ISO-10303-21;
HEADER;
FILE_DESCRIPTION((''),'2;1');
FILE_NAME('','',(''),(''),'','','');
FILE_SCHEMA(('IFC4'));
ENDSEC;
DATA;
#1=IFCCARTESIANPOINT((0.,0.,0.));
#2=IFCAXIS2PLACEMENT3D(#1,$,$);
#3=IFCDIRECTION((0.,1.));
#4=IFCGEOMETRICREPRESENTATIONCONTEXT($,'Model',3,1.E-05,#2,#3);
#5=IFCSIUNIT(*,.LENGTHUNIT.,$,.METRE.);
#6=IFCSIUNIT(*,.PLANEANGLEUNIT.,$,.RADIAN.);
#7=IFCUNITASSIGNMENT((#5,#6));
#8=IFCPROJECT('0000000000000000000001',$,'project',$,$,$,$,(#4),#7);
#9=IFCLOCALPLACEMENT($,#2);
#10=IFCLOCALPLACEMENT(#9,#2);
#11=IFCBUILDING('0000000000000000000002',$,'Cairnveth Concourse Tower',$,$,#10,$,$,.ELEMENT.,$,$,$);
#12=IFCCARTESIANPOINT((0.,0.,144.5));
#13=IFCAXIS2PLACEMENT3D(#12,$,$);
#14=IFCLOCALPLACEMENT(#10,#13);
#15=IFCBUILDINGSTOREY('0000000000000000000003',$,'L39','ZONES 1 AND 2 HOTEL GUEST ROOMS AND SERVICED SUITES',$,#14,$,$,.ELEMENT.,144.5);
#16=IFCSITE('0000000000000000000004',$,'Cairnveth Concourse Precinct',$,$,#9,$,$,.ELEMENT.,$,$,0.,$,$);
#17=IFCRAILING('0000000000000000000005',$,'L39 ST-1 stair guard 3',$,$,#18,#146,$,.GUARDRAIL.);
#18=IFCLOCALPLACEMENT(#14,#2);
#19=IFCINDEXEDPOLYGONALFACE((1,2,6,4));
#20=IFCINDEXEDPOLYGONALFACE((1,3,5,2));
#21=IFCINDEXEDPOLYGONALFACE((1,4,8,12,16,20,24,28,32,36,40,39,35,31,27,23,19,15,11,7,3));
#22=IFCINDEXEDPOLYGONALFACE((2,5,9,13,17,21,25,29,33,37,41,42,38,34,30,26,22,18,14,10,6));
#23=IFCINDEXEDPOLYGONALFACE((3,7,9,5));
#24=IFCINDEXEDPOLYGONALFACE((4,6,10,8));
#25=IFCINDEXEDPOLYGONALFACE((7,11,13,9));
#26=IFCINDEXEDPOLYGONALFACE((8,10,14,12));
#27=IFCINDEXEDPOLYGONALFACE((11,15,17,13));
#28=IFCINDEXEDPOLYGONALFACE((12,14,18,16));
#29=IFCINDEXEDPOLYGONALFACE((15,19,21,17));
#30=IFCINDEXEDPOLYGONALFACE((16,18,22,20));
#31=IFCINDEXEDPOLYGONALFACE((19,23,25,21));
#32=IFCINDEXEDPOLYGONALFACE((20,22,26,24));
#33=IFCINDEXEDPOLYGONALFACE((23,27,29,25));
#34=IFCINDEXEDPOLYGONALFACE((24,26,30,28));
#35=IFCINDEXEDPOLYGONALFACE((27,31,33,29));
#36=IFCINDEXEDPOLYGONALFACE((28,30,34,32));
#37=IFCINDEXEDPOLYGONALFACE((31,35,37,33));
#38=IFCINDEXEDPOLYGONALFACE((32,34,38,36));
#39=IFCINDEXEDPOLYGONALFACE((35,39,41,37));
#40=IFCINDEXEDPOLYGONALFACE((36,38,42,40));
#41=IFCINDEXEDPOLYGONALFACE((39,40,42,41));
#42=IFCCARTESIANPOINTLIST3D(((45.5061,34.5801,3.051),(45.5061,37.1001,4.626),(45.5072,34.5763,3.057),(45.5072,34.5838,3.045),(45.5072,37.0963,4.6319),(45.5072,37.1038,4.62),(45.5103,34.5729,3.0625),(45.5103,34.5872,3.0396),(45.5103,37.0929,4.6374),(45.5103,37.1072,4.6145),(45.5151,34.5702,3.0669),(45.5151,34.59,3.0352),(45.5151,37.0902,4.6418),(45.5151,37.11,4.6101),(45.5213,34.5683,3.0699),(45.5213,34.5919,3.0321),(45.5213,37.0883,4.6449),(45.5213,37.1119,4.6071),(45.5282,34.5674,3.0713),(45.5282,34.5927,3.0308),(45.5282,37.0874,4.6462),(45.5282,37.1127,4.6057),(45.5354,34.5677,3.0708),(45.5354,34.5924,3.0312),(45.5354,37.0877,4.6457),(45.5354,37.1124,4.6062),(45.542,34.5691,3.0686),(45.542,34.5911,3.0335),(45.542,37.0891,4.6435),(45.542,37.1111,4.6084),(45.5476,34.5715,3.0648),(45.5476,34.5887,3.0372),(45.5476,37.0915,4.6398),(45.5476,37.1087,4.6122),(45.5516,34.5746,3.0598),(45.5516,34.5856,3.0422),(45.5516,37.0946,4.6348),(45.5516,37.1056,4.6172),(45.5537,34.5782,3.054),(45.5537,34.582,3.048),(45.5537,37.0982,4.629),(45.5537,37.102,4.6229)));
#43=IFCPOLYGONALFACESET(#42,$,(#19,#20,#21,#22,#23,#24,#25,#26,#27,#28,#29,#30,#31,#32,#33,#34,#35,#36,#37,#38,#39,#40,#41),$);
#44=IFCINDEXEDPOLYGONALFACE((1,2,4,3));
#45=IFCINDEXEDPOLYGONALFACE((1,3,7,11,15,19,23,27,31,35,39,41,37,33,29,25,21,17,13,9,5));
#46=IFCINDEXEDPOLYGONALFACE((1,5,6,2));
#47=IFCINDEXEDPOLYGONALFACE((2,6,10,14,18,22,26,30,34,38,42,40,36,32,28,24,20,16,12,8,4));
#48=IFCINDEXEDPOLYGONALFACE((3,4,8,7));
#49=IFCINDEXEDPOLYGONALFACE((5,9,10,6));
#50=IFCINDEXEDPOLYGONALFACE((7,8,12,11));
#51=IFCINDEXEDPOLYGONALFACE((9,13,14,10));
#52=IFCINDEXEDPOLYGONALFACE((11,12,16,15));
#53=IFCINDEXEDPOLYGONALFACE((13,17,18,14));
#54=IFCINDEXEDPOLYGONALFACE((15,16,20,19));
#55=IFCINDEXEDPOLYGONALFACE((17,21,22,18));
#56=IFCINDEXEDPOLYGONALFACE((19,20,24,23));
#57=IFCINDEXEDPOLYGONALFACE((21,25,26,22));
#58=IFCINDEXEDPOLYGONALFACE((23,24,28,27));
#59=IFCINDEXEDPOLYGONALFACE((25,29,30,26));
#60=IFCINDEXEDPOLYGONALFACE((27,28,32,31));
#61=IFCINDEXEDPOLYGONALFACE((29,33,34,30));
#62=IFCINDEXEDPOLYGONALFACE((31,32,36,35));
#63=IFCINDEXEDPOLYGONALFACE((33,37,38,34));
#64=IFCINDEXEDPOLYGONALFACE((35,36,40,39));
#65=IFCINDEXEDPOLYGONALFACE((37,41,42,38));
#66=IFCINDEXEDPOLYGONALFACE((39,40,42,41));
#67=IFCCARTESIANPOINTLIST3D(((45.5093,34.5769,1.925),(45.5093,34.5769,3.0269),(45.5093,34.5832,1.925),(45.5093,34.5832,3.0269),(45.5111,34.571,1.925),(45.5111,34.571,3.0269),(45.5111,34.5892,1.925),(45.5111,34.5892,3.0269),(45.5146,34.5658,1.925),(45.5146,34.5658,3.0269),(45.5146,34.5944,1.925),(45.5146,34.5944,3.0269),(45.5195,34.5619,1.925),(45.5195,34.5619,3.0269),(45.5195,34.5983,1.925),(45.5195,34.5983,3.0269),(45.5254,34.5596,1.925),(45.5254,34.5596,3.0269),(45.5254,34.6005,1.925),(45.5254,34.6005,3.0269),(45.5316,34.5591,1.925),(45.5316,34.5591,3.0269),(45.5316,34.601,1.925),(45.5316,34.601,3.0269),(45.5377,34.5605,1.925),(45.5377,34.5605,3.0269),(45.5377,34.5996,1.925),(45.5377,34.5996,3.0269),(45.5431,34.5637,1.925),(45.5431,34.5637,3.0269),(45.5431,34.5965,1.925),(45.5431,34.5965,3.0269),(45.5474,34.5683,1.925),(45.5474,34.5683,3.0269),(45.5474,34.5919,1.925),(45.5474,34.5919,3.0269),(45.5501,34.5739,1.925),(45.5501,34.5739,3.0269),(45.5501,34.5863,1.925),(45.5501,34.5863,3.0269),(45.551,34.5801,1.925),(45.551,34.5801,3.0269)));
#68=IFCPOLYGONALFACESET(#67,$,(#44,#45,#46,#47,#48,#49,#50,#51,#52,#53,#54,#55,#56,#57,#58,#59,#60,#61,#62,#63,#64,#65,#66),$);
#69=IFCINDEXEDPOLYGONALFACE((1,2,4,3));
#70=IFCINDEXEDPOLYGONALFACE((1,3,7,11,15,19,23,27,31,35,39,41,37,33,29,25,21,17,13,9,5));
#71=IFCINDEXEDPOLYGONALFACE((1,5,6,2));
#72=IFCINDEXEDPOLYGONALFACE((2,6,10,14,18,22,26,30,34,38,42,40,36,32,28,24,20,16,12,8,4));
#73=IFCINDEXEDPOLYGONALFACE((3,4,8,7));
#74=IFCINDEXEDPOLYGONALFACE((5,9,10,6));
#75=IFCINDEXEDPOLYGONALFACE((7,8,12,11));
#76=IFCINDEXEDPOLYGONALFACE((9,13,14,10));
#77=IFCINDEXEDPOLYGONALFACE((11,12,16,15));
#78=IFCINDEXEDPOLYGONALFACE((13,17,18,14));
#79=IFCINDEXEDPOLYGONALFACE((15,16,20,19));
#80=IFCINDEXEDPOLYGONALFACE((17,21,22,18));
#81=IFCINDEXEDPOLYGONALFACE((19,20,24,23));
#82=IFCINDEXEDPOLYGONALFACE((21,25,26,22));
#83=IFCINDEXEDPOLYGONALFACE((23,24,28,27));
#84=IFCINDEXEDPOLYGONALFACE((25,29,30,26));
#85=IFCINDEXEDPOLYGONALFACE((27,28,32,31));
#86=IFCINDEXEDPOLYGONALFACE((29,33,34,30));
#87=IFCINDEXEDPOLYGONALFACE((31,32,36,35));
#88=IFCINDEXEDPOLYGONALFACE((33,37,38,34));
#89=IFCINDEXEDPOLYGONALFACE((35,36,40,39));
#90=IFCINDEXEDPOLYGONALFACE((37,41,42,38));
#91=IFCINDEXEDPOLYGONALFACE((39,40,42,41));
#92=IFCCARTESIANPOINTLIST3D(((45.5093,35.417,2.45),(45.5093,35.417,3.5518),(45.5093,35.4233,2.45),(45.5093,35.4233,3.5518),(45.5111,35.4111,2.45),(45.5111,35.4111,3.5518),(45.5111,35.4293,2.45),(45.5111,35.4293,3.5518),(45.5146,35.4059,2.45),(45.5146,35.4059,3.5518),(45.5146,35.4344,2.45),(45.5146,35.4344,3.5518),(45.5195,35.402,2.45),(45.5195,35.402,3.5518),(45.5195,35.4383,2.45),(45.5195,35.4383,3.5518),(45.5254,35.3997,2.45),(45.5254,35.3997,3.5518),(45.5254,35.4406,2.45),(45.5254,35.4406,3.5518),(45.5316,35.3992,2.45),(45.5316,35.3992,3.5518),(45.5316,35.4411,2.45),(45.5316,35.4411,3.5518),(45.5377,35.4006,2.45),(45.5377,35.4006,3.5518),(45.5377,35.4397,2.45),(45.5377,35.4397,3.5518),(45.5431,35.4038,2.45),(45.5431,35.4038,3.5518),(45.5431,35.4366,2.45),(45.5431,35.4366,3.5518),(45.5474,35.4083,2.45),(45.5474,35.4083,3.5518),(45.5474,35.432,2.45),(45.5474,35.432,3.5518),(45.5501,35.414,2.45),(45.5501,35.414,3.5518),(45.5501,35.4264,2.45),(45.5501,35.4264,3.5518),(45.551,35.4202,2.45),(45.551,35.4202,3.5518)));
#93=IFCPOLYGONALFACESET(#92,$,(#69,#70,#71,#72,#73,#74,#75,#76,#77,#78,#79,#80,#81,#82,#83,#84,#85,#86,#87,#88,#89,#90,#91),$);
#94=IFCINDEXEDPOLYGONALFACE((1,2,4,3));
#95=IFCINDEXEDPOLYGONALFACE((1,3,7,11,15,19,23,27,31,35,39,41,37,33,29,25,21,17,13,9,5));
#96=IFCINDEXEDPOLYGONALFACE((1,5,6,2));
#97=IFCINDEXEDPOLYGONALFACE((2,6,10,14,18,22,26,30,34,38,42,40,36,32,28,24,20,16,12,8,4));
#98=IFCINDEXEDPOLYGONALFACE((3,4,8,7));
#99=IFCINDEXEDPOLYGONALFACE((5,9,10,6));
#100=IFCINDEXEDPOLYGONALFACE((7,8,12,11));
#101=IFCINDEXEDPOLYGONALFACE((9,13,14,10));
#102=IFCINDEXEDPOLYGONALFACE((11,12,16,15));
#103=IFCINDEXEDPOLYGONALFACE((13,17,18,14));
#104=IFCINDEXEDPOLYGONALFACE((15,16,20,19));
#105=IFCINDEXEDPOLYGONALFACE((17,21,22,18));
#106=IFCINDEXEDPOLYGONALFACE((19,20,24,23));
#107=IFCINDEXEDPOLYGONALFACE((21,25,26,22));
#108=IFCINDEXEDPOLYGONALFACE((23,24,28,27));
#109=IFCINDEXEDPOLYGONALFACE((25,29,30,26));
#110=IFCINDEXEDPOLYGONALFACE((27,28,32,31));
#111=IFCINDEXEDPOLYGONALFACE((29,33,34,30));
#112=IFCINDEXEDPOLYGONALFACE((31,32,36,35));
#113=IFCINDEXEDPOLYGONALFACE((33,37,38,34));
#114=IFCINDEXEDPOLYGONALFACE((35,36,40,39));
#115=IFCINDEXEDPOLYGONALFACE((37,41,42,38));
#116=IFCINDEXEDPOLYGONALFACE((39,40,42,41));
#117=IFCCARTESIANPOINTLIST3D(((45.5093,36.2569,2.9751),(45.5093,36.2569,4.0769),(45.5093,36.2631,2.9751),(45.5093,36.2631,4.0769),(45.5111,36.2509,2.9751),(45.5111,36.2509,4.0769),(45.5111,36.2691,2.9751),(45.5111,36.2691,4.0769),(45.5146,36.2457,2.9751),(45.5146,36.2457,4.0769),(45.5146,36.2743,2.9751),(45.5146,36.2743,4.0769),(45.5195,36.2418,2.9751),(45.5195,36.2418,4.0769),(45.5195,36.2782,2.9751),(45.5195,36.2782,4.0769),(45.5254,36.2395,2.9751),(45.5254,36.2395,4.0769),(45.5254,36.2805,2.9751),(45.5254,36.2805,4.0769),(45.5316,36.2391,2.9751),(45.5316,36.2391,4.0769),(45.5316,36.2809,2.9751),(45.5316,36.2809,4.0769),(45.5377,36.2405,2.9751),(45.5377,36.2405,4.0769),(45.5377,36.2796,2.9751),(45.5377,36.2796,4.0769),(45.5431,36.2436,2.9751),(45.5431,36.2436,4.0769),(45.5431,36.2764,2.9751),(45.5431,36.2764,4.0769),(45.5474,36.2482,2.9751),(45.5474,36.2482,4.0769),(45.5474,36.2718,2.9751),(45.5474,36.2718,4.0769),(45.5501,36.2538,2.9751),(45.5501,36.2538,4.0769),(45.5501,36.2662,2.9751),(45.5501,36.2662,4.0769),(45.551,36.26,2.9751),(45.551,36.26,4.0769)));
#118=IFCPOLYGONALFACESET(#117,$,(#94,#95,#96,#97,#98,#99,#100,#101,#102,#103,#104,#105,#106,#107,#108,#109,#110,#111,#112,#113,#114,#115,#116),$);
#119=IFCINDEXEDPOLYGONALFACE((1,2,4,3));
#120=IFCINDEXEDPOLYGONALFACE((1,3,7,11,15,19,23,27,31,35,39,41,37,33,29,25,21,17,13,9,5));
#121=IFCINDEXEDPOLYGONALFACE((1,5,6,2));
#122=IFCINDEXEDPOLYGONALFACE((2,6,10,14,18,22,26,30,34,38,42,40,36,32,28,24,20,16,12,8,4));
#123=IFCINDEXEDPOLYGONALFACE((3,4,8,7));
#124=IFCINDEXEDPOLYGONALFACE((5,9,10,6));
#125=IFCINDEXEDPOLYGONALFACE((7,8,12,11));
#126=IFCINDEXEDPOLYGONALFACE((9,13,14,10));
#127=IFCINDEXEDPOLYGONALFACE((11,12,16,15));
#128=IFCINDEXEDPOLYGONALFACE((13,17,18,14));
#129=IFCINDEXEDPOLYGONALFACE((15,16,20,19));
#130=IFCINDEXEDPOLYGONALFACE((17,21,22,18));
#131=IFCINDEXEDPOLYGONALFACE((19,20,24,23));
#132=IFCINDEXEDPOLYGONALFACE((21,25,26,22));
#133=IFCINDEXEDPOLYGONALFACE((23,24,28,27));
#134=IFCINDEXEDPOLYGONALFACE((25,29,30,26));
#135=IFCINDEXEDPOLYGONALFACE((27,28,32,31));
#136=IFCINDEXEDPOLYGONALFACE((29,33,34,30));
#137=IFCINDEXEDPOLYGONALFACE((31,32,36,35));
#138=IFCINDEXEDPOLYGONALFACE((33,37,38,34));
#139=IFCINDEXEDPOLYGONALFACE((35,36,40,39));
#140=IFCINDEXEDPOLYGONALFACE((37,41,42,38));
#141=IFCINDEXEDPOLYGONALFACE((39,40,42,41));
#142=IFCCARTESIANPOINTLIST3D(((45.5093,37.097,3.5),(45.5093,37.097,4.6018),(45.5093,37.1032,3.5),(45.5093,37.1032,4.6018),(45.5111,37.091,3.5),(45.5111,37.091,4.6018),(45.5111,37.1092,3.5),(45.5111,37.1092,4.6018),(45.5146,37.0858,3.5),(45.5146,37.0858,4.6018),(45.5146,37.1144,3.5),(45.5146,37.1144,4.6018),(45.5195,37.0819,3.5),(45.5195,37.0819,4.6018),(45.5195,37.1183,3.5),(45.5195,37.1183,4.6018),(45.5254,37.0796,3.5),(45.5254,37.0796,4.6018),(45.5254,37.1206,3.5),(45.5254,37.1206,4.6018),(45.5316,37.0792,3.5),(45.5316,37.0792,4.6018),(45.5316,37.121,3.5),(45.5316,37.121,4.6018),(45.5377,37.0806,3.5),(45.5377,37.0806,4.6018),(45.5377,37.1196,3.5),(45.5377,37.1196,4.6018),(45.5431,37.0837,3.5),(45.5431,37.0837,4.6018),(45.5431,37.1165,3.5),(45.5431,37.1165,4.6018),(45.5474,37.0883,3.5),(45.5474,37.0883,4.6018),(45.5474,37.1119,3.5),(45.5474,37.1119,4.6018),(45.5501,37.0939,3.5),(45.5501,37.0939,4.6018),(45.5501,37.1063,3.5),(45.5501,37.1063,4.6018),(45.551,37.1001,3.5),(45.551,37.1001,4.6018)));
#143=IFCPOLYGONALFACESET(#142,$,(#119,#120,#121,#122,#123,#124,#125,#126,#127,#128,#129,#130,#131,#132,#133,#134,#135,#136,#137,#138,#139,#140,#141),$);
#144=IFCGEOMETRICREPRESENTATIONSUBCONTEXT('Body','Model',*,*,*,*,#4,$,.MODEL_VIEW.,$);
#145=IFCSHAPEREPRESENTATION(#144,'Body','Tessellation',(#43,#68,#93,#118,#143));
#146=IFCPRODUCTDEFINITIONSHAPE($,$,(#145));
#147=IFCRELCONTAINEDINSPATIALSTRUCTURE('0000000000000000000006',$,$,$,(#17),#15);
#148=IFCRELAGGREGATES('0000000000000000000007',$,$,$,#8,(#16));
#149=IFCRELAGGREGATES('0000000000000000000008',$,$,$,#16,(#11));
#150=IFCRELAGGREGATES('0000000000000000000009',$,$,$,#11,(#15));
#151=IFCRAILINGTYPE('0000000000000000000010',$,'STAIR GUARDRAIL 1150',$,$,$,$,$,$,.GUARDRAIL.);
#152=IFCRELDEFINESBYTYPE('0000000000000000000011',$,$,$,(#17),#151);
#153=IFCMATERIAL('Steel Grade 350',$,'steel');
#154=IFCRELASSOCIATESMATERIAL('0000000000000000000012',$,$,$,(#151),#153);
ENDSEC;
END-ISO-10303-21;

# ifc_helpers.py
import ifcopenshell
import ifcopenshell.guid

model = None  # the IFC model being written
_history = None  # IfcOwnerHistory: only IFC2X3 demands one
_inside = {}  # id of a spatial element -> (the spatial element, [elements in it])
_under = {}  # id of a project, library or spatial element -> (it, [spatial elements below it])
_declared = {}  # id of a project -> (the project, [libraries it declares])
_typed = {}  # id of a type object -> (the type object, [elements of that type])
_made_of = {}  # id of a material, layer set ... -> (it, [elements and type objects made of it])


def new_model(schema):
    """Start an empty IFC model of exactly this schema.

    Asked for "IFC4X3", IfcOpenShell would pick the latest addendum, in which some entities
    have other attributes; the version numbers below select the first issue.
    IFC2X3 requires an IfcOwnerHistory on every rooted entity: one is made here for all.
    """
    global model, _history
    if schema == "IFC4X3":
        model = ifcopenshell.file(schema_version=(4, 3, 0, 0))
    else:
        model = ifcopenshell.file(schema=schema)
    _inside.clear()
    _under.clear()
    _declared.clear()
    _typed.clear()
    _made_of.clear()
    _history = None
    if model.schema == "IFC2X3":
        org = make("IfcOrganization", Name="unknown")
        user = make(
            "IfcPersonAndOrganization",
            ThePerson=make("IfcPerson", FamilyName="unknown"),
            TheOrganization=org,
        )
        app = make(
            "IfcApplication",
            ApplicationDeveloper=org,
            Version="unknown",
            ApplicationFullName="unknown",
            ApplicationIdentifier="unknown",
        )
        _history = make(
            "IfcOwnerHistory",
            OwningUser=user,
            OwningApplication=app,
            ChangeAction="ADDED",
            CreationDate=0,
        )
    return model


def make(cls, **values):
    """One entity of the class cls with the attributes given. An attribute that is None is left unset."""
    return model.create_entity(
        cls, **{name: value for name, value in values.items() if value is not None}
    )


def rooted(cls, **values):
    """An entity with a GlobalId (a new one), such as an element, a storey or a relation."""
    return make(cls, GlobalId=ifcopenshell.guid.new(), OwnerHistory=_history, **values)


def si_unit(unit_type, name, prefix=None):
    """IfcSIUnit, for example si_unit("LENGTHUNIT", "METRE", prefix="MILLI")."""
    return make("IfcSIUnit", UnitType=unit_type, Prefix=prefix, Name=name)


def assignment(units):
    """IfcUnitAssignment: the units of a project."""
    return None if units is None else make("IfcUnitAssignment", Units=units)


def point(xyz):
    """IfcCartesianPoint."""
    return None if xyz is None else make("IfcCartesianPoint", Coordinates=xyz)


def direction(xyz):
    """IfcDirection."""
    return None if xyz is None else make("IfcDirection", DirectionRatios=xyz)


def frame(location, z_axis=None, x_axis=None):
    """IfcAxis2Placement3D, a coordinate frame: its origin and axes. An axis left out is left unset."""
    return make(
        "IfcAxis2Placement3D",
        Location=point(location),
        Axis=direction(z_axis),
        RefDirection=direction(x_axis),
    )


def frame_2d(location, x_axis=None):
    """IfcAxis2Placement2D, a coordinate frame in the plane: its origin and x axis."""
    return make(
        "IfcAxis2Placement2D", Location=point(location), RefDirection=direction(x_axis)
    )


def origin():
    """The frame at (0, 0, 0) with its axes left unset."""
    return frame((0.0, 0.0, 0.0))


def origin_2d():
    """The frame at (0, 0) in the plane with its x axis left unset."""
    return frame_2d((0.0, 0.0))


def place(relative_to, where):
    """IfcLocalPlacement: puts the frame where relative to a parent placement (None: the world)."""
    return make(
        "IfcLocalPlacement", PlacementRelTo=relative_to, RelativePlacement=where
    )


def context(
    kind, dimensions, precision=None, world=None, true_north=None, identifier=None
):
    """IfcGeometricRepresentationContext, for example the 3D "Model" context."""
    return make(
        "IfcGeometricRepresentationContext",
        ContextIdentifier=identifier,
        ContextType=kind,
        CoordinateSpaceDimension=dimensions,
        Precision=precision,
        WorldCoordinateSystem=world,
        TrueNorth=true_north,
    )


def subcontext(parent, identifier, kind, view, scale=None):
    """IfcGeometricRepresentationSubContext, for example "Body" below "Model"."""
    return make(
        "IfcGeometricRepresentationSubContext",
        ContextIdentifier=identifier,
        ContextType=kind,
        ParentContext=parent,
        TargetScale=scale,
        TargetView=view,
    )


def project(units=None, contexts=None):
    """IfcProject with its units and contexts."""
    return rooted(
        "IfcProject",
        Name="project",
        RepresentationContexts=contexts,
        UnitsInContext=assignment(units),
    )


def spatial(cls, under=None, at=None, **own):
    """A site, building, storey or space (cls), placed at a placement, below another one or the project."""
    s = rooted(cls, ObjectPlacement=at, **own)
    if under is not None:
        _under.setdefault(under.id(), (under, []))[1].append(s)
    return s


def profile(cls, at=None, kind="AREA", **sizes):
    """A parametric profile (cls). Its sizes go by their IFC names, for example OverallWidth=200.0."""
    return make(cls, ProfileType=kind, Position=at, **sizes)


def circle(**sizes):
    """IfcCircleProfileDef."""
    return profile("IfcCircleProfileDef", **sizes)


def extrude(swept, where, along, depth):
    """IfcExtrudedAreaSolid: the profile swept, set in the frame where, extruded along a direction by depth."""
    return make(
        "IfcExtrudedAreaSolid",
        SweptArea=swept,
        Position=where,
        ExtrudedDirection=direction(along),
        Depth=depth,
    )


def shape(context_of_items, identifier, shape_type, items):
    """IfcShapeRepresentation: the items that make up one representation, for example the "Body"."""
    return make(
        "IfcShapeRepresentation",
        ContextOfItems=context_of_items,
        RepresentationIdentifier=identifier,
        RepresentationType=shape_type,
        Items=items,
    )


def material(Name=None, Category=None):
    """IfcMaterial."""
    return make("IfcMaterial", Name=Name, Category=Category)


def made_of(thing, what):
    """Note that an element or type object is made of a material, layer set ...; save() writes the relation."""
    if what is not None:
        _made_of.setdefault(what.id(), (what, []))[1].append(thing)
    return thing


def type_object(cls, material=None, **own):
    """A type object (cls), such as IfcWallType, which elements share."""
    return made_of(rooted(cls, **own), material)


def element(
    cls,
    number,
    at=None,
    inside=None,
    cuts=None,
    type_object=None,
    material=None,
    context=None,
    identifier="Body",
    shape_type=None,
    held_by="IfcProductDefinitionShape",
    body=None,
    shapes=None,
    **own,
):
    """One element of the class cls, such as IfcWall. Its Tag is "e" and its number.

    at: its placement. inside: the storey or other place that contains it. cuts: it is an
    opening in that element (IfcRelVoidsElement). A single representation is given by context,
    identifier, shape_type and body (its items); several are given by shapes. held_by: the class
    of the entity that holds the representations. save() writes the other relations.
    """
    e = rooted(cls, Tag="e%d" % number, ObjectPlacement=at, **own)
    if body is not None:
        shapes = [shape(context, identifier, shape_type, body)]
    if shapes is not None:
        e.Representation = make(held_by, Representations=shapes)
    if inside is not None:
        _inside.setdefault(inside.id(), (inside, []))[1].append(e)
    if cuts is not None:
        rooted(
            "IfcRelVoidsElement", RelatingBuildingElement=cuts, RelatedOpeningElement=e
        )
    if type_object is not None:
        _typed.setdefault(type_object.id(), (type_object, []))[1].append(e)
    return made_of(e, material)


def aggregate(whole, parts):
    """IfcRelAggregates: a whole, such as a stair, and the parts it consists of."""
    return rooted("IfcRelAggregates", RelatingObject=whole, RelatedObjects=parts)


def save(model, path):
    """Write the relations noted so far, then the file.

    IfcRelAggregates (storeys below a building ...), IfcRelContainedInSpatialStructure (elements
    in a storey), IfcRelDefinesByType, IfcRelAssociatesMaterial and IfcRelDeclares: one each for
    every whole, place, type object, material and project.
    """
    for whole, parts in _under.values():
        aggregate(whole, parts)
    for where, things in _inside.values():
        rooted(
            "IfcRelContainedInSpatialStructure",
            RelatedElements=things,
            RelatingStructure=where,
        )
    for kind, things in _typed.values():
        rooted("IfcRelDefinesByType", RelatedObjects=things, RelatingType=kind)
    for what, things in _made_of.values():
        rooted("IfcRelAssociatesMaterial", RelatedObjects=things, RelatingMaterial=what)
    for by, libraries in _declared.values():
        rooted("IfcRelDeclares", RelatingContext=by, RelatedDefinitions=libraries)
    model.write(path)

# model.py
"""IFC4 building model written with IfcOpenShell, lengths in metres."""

from ifc_helpers import new_model, si_unit, direction, frame, origin, origin_2d, place, context, subcontext, project, spatial, circle, extrude, material, type_object, element, save


model = new_model("IFC4")

# Units and contexts
model_context = context("Model", 3, precision=1e-05, world=origin(), true_north=direction((0.0, 1.0)))
body_context = subcontext(model_context, "Body", "Model", "MODEL_VIEW")
ifc_project = project(units=[si_unit("LENGTHUNIT", "METRE"), si_unit("PLANEANGLEUNIT", "RADIAN")], contexts=[model_context])

# Site, building, storey
site_placement = place(None, origin())
site = spatial("IfcSite", under=ifc_project, at=site_placement, Name="Cairnveth Concourse Precinct", CompositionType="ELEMENT", RefElevation=0.0)
building_placement = place(site_placement, origin())
building = spatial("IfcBuilding", under=site, at=building_placement, Name="Cairnveth Concourse Tower", CompositionType="ELEMENT")
storey_placement = place(building_placement, frame((0.0, 0.0, 144.5)))
storey = spatial("IfcBuildingStorey", under=building, at=storey_placement, Name="L39", Description="ZONES 1 AND 2 HOTEL GUEST ROOMS AND SERVICED SUITES", CompositionType="ELEMENT", Elevation=144.5)

# Shared definitions
ifc_material_1 = material(Name="Steel Grade 350", Category="steel")

# Railing
railing_type_1 = type_object("IfcRailingType", Name="STAIR GUARDRAIL 1150", PredefinedType="GUARDRAIL", material=ifc_material_1)
railing_1_placement = place(storey_placement, frame((45.53, 34.5801, 1.925)))
element("IfcRailing", 1, at=railing_1_placement, inside=storey, type_object=railing_type_1, Name="L39 ST-1 stair guard 3", PredefinedType="GUARDRAIL", context=body_context, shape_type="SweptSolid", body=[
    extrude(circle(Radius=0.0239, at=origin_2d()), frame((0.0, 0.0, 1.126), z_axis=(0.0, 0.848008, 0.529984), x_axis=(-1.0, 0.0, 0.0)), (0.0, 0.0, 1.0), 2.9717),
    extrude(circle(Radius=0.021, at=origin_2d()), origin(), (0.0, 0.0, 1.0), 1.1018),
    extrude(circle(Radius=0.021, at=origin_2d()), frame((0.0, 0.8401, 0.5249)), (0.0, 0.0, 1.0), 1.1018),
    extrude(circle(Radius=0.021, at=origin_2d()), frame((0.0, 1.6799, 1.05)), (0.0, 0.0, 1.0), 1.1018),
    extrude(circle(Radius=0.021, at=origin_2d()), frame((0.0, 2.52, 1.575)), (0.0, 0.0, 1.0), 1.1018),
])

save(model, "model.ifc")
